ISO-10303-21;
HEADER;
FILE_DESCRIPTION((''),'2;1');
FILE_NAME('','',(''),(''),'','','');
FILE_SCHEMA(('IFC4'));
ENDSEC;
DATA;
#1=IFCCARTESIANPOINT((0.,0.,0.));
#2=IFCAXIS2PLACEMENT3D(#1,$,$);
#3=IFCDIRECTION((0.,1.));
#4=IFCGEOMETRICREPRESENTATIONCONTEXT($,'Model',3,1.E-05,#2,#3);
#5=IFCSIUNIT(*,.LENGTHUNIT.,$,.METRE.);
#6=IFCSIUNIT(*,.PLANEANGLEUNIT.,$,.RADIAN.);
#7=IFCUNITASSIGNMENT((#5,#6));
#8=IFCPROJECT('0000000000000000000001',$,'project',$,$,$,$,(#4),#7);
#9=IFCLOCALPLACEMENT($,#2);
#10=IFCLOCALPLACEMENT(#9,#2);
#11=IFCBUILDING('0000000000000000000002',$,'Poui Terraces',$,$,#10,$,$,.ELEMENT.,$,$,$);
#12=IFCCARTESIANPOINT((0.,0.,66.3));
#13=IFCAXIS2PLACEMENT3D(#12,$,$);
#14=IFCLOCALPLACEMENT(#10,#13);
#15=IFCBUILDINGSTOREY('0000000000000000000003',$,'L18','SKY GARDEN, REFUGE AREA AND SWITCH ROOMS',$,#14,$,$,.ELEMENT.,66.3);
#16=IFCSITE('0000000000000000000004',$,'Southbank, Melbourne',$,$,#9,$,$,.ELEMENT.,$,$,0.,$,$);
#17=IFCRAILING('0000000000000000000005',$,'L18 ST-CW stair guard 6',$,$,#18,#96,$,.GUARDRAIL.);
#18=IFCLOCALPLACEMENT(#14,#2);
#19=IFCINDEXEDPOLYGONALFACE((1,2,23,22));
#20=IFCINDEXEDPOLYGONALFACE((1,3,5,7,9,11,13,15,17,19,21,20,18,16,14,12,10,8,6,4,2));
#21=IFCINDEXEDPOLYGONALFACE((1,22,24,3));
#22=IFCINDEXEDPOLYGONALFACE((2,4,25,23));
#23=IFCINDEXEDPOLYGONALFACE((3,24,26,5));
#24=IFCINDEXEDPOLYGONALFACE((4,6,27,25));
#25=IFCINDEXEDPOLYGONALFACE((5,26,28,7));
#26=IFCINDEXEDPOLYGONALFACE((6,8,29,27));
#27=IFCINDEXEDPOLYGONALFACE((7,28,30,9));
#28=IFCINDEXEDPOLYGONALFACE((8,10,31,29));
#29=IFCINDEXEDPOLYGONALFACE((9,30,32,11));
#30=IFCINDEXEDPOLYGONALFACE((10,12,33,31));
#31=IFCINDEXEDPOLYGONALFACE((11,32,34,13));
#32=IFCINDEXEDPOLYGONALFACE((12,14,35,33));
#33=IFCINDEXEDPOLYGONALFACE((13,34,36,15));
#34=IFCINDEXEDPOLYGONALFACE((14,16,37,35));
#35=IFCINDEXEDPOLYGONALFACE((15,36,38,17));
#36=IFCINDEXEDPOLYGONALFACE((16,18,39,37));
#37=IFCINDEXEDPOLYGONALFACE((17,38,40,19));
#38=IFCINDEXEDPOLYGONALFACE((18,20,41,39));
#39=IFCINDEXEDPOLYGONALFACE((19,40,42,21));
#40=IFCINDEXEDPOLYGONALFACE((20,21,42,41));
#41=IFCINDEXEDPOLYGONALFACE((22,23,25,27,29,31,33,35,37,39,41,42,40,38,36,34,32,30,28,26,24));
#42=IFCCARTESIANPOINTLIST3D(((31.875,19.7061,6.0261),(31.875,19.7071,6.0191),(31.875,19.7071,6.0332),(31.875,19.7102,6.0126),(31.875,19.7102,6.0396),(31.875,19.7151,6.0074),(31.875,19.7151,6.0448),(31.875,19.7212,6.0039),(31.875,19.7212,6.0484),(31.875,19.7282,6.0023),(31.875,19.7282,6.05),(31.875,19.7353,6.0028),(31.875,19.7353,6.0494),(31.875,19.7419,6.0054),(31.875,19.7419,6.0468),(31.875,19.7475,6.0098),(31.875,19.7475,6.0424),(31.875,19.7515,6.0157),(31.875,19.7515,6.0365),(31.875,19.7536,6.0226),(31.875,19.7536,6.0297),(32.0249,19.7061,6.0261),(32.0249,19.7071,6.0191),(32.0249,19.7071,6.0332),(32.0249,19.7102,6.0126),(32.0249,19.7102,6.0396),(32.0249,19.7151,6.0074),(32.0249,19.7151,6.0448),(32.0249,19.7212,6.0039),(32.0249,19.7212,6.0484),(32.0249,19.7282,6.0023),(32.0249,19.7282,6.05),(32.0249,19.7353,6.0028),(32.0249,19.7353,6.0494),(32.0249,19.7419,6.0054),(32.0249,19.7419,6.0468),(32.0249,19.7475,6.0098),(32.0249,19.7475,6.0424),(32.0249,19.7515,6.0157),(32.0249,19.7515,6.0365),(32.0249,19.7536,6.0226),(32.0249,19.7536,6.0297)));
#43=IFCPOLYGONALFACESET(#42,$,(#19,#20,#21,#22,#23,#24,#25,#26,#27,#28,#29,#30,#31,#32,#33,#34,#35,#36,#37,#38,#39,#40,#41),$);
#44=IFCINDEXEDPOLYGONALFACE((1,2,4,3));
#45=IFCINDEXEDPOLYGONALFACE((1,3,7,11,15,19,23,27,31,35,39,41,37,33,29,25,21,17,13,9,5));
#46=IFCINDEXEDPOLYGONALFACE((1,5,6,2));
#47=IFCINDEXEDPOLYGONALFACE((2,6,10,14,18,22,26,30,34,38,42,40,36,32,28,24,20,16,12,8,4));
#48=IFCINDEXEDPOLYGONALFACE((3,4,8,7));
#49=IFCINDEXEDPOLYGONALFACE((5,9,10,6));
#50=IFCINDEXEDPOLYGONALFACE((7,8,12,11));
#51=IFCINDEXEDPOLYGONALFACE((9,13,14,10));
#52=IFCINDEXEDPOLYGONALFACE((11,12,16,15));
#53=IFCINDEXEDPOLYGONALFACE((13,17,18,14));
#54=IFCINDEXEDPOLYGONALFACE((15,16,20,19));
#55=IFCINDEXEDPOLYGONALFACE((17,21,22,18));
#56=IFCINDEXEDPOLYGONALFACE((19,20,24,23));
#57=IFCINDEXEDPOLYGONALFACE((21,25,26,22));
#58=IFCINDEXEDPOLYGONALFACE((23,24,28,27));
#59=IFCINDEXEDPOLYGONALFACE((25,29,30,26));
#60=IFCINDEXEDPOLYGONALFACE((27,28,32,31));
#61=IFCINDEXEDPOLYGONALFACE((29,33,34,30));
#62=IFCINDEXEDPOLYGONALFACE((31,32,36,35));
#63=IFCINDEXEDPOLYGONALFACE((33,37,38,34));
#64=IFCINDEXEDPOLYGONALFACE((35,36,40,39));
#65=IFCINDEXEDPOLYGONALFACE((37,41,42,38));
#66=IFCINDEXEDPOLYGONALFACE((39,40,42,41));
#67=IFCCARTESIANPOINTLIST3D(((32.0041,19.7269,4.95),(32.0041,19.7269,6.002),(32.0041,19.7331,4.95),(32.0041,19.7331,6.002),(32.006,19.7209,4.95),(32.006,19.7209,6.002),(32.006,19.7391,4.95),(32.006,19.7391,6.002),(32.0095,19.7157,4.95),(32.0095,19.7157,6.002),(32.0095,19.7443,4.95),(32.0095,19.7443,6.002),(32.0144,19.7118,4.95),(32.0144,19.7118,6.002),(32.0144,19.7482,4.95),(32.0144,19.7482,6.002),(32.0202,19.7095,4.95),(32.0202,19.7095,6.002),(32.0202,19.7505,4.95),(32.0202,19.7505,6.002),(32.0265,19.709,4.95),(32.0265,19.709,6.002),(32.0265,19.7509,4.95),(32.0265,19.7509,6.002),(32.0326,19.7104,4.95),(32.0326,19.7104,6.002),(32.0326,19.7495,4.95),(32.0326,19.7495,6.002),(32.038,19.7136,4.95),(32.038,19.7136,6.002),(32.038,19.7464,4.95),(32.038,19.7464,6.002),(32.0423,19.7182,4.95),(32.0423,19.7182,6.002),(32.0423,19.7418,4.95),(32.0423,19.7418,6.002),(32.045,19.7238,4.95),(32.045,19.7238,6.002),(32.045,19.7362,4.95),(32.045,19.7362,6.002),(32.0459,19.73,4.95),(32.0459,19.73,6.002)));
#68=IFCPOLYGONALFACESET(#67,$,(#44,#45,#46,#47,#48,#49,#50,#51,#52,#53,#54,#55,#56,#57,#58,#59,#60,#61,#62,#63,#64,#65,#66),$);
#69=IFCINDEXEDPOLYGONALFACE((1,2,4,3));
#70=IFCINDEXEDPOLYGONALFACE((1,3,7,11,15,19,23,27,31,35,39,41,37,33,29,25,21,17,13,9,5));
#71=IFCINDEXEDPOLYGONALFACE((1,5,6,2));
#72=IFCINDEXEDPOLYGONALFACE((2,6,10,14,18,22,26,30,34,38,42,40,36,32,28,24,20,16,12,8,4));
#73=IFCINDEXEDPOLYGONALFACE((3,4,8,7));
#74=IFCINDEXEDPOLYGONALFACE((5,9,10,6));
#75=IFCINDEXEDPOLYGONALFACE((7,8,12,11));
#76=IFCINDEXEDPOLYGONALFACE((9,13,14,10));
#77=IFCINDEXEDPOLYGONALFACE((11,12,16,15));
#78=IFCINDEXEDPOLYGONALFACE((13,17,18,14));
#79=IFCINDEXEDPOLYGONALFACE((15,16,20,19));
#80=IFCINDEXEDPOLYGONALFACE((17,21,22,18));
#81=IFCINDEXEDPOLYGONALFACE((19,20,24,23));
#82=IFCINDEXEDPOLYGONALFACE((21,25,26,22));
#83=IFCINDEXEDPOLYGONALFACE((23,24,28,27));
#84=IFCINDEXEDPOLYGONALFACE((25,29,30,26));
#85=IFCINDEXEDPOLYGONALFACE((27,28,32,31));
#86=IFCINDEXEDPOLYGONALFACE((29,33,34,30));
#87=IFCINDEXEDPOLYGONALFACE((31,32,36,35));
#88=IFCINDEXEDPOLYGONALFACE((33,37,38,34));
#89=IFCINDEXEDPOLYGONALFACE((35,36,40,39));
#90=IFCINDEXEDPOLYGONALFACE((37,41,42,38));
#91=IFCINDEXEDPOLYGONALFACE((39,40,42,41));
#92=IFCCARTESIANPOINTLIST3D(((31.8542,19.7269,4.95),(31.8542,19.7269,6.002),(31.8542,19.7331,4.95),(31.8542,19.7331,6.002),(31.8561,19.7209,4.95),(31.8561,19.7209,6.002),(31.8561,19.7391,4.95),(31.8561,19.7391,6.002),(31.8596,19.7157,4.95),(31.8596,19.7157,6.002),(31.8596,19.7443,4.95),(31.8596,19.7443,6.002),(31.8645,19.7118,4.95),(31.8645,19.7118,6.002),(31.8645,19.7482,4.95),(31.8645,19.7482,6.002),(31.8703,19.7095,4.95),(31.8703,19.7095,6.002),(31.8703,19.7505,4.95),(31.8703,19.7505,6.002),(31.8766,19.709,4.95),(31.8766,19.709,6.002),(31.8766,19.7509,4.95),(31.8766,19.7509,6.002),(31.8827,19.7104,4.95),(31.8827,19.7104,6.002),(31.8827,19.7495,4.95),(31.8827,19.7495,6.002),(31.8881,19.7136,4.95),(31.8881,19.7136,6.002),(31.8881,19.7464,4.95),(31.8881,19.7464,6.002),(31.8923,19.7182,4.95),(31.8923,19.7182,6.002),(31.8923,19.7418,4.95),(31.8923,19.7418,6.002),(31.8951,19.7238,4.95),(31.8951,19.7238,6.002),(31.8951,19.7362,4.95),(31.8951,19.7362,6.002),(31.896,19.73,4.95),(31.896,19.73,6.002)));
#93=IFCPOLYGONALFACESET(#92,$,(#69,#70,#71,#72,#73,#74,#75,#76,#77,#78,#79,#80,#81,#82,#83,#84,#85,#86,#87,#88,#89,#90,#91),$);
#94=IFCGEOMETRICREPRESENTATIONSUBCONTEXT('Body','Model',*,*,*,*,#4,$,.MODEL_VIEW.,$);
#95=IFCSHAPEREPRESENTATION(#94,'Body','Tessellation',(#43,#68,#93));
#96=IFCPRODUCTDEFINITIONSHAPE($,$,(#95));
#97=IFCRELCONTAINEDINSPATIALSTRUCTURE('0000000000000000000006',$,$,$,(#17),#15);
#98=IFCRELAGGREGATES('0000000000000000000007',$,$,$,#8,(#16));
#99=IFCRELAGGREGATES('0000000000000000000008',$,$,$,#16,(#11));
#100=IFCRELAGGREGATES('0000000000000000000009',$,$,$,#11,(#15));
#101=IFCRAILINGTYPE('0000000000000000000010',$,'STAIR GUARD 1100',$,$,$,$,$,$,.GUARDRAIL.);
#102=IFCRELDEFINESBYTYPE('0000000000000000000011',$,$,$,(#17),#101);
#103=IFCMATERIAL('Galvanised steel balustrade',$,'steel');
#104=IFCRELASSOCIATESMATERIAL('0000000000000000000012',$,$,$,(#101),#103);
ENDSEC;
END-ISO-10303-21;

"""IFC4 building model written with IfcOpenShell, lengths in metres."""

from ifc_helpers import new_model, si_unit, direction, frame, origin, origin_2d, place, context, subcontext, project, spatial, circle, extrude, material, type_object, element, save


model = new_model("IFC4")

# Units and contexts
model_context = context("Model", 3, precision=1e-05, world=origin(), true_north=direction((0.0, 1.0)))
body_context = subcontext(model_context, "Body", "Model", "MODEL_VIEW")
ifc_project = project(units=[si_unit("LENGTHUNIT", "METRE"), si_unit("PLANEANGLEUNIT", "RADIAN")], contexts=[model_context])

# Site, building, storey
site_placement = place(None, origin())
site = spatial("IfcSite", under=ifc_project, at=site_placement, Name="Southbank, Melbourne", CompositionType="ELEMENT", RefElevation=0.0)
building_placement = place(site_placement, origin())
building = spatial("IfcBuilding", under=site, at=building_placement, Name="Poui Terraces", CompositionType="ELEMENT")
storey_placement = place(building_placement, frame((0.0, 0.0, 66.3)))
storey = spatial("IfcBuildingStorey", under=building, at=storey_placement, Name="L18", Description="SKY GARDEN, REFUGE AREA AND SWITCH ROOMS", CompositionType="ELEMENT", Elevation=66.3)

# Railing
ifc_material_1 = material(Name="Galvanised steel balustrade", Category="steel")
railing_type_1 = type_object("IfcRailingType", Name="STAIR GUARD 1100", PredefinedType="GUARDRAIL", material=ifc_material_1)
railing_1_placement = place(storey_placement, frame((32.0249, 19.73, 4.95)))
element("IfcRailing", 1, at=railing_1_placement, inside=storey, type_object=railing_type_1, Name="L18 ST-CW stair guard 6", PredefinedType="GUARDRAIL", context=body_context, shape_type="SweptSolid", body=[
    extrude(circle(Radius=0.0239, at=origin_2d()), frame((0.0, 0.0, 1.0762), z_axis=(-1.0, 0.0, 0.0), x_axis=(0.0, -1.0, 0.0)), (0.0, 0.0, 1.0), 0.1499),
    extrude(circle(Radius=0.021, at=origin_2d()), origin(), (0.0, 0.0, 1.0), 1.052),
    extrude(circle(Radius=0.021, at=origin_2d()), frame((-0.1499, 0.0, 0.0)), (0.0, 0.0, 1.0), 1.052),
])

save(model, "model.ifc")
